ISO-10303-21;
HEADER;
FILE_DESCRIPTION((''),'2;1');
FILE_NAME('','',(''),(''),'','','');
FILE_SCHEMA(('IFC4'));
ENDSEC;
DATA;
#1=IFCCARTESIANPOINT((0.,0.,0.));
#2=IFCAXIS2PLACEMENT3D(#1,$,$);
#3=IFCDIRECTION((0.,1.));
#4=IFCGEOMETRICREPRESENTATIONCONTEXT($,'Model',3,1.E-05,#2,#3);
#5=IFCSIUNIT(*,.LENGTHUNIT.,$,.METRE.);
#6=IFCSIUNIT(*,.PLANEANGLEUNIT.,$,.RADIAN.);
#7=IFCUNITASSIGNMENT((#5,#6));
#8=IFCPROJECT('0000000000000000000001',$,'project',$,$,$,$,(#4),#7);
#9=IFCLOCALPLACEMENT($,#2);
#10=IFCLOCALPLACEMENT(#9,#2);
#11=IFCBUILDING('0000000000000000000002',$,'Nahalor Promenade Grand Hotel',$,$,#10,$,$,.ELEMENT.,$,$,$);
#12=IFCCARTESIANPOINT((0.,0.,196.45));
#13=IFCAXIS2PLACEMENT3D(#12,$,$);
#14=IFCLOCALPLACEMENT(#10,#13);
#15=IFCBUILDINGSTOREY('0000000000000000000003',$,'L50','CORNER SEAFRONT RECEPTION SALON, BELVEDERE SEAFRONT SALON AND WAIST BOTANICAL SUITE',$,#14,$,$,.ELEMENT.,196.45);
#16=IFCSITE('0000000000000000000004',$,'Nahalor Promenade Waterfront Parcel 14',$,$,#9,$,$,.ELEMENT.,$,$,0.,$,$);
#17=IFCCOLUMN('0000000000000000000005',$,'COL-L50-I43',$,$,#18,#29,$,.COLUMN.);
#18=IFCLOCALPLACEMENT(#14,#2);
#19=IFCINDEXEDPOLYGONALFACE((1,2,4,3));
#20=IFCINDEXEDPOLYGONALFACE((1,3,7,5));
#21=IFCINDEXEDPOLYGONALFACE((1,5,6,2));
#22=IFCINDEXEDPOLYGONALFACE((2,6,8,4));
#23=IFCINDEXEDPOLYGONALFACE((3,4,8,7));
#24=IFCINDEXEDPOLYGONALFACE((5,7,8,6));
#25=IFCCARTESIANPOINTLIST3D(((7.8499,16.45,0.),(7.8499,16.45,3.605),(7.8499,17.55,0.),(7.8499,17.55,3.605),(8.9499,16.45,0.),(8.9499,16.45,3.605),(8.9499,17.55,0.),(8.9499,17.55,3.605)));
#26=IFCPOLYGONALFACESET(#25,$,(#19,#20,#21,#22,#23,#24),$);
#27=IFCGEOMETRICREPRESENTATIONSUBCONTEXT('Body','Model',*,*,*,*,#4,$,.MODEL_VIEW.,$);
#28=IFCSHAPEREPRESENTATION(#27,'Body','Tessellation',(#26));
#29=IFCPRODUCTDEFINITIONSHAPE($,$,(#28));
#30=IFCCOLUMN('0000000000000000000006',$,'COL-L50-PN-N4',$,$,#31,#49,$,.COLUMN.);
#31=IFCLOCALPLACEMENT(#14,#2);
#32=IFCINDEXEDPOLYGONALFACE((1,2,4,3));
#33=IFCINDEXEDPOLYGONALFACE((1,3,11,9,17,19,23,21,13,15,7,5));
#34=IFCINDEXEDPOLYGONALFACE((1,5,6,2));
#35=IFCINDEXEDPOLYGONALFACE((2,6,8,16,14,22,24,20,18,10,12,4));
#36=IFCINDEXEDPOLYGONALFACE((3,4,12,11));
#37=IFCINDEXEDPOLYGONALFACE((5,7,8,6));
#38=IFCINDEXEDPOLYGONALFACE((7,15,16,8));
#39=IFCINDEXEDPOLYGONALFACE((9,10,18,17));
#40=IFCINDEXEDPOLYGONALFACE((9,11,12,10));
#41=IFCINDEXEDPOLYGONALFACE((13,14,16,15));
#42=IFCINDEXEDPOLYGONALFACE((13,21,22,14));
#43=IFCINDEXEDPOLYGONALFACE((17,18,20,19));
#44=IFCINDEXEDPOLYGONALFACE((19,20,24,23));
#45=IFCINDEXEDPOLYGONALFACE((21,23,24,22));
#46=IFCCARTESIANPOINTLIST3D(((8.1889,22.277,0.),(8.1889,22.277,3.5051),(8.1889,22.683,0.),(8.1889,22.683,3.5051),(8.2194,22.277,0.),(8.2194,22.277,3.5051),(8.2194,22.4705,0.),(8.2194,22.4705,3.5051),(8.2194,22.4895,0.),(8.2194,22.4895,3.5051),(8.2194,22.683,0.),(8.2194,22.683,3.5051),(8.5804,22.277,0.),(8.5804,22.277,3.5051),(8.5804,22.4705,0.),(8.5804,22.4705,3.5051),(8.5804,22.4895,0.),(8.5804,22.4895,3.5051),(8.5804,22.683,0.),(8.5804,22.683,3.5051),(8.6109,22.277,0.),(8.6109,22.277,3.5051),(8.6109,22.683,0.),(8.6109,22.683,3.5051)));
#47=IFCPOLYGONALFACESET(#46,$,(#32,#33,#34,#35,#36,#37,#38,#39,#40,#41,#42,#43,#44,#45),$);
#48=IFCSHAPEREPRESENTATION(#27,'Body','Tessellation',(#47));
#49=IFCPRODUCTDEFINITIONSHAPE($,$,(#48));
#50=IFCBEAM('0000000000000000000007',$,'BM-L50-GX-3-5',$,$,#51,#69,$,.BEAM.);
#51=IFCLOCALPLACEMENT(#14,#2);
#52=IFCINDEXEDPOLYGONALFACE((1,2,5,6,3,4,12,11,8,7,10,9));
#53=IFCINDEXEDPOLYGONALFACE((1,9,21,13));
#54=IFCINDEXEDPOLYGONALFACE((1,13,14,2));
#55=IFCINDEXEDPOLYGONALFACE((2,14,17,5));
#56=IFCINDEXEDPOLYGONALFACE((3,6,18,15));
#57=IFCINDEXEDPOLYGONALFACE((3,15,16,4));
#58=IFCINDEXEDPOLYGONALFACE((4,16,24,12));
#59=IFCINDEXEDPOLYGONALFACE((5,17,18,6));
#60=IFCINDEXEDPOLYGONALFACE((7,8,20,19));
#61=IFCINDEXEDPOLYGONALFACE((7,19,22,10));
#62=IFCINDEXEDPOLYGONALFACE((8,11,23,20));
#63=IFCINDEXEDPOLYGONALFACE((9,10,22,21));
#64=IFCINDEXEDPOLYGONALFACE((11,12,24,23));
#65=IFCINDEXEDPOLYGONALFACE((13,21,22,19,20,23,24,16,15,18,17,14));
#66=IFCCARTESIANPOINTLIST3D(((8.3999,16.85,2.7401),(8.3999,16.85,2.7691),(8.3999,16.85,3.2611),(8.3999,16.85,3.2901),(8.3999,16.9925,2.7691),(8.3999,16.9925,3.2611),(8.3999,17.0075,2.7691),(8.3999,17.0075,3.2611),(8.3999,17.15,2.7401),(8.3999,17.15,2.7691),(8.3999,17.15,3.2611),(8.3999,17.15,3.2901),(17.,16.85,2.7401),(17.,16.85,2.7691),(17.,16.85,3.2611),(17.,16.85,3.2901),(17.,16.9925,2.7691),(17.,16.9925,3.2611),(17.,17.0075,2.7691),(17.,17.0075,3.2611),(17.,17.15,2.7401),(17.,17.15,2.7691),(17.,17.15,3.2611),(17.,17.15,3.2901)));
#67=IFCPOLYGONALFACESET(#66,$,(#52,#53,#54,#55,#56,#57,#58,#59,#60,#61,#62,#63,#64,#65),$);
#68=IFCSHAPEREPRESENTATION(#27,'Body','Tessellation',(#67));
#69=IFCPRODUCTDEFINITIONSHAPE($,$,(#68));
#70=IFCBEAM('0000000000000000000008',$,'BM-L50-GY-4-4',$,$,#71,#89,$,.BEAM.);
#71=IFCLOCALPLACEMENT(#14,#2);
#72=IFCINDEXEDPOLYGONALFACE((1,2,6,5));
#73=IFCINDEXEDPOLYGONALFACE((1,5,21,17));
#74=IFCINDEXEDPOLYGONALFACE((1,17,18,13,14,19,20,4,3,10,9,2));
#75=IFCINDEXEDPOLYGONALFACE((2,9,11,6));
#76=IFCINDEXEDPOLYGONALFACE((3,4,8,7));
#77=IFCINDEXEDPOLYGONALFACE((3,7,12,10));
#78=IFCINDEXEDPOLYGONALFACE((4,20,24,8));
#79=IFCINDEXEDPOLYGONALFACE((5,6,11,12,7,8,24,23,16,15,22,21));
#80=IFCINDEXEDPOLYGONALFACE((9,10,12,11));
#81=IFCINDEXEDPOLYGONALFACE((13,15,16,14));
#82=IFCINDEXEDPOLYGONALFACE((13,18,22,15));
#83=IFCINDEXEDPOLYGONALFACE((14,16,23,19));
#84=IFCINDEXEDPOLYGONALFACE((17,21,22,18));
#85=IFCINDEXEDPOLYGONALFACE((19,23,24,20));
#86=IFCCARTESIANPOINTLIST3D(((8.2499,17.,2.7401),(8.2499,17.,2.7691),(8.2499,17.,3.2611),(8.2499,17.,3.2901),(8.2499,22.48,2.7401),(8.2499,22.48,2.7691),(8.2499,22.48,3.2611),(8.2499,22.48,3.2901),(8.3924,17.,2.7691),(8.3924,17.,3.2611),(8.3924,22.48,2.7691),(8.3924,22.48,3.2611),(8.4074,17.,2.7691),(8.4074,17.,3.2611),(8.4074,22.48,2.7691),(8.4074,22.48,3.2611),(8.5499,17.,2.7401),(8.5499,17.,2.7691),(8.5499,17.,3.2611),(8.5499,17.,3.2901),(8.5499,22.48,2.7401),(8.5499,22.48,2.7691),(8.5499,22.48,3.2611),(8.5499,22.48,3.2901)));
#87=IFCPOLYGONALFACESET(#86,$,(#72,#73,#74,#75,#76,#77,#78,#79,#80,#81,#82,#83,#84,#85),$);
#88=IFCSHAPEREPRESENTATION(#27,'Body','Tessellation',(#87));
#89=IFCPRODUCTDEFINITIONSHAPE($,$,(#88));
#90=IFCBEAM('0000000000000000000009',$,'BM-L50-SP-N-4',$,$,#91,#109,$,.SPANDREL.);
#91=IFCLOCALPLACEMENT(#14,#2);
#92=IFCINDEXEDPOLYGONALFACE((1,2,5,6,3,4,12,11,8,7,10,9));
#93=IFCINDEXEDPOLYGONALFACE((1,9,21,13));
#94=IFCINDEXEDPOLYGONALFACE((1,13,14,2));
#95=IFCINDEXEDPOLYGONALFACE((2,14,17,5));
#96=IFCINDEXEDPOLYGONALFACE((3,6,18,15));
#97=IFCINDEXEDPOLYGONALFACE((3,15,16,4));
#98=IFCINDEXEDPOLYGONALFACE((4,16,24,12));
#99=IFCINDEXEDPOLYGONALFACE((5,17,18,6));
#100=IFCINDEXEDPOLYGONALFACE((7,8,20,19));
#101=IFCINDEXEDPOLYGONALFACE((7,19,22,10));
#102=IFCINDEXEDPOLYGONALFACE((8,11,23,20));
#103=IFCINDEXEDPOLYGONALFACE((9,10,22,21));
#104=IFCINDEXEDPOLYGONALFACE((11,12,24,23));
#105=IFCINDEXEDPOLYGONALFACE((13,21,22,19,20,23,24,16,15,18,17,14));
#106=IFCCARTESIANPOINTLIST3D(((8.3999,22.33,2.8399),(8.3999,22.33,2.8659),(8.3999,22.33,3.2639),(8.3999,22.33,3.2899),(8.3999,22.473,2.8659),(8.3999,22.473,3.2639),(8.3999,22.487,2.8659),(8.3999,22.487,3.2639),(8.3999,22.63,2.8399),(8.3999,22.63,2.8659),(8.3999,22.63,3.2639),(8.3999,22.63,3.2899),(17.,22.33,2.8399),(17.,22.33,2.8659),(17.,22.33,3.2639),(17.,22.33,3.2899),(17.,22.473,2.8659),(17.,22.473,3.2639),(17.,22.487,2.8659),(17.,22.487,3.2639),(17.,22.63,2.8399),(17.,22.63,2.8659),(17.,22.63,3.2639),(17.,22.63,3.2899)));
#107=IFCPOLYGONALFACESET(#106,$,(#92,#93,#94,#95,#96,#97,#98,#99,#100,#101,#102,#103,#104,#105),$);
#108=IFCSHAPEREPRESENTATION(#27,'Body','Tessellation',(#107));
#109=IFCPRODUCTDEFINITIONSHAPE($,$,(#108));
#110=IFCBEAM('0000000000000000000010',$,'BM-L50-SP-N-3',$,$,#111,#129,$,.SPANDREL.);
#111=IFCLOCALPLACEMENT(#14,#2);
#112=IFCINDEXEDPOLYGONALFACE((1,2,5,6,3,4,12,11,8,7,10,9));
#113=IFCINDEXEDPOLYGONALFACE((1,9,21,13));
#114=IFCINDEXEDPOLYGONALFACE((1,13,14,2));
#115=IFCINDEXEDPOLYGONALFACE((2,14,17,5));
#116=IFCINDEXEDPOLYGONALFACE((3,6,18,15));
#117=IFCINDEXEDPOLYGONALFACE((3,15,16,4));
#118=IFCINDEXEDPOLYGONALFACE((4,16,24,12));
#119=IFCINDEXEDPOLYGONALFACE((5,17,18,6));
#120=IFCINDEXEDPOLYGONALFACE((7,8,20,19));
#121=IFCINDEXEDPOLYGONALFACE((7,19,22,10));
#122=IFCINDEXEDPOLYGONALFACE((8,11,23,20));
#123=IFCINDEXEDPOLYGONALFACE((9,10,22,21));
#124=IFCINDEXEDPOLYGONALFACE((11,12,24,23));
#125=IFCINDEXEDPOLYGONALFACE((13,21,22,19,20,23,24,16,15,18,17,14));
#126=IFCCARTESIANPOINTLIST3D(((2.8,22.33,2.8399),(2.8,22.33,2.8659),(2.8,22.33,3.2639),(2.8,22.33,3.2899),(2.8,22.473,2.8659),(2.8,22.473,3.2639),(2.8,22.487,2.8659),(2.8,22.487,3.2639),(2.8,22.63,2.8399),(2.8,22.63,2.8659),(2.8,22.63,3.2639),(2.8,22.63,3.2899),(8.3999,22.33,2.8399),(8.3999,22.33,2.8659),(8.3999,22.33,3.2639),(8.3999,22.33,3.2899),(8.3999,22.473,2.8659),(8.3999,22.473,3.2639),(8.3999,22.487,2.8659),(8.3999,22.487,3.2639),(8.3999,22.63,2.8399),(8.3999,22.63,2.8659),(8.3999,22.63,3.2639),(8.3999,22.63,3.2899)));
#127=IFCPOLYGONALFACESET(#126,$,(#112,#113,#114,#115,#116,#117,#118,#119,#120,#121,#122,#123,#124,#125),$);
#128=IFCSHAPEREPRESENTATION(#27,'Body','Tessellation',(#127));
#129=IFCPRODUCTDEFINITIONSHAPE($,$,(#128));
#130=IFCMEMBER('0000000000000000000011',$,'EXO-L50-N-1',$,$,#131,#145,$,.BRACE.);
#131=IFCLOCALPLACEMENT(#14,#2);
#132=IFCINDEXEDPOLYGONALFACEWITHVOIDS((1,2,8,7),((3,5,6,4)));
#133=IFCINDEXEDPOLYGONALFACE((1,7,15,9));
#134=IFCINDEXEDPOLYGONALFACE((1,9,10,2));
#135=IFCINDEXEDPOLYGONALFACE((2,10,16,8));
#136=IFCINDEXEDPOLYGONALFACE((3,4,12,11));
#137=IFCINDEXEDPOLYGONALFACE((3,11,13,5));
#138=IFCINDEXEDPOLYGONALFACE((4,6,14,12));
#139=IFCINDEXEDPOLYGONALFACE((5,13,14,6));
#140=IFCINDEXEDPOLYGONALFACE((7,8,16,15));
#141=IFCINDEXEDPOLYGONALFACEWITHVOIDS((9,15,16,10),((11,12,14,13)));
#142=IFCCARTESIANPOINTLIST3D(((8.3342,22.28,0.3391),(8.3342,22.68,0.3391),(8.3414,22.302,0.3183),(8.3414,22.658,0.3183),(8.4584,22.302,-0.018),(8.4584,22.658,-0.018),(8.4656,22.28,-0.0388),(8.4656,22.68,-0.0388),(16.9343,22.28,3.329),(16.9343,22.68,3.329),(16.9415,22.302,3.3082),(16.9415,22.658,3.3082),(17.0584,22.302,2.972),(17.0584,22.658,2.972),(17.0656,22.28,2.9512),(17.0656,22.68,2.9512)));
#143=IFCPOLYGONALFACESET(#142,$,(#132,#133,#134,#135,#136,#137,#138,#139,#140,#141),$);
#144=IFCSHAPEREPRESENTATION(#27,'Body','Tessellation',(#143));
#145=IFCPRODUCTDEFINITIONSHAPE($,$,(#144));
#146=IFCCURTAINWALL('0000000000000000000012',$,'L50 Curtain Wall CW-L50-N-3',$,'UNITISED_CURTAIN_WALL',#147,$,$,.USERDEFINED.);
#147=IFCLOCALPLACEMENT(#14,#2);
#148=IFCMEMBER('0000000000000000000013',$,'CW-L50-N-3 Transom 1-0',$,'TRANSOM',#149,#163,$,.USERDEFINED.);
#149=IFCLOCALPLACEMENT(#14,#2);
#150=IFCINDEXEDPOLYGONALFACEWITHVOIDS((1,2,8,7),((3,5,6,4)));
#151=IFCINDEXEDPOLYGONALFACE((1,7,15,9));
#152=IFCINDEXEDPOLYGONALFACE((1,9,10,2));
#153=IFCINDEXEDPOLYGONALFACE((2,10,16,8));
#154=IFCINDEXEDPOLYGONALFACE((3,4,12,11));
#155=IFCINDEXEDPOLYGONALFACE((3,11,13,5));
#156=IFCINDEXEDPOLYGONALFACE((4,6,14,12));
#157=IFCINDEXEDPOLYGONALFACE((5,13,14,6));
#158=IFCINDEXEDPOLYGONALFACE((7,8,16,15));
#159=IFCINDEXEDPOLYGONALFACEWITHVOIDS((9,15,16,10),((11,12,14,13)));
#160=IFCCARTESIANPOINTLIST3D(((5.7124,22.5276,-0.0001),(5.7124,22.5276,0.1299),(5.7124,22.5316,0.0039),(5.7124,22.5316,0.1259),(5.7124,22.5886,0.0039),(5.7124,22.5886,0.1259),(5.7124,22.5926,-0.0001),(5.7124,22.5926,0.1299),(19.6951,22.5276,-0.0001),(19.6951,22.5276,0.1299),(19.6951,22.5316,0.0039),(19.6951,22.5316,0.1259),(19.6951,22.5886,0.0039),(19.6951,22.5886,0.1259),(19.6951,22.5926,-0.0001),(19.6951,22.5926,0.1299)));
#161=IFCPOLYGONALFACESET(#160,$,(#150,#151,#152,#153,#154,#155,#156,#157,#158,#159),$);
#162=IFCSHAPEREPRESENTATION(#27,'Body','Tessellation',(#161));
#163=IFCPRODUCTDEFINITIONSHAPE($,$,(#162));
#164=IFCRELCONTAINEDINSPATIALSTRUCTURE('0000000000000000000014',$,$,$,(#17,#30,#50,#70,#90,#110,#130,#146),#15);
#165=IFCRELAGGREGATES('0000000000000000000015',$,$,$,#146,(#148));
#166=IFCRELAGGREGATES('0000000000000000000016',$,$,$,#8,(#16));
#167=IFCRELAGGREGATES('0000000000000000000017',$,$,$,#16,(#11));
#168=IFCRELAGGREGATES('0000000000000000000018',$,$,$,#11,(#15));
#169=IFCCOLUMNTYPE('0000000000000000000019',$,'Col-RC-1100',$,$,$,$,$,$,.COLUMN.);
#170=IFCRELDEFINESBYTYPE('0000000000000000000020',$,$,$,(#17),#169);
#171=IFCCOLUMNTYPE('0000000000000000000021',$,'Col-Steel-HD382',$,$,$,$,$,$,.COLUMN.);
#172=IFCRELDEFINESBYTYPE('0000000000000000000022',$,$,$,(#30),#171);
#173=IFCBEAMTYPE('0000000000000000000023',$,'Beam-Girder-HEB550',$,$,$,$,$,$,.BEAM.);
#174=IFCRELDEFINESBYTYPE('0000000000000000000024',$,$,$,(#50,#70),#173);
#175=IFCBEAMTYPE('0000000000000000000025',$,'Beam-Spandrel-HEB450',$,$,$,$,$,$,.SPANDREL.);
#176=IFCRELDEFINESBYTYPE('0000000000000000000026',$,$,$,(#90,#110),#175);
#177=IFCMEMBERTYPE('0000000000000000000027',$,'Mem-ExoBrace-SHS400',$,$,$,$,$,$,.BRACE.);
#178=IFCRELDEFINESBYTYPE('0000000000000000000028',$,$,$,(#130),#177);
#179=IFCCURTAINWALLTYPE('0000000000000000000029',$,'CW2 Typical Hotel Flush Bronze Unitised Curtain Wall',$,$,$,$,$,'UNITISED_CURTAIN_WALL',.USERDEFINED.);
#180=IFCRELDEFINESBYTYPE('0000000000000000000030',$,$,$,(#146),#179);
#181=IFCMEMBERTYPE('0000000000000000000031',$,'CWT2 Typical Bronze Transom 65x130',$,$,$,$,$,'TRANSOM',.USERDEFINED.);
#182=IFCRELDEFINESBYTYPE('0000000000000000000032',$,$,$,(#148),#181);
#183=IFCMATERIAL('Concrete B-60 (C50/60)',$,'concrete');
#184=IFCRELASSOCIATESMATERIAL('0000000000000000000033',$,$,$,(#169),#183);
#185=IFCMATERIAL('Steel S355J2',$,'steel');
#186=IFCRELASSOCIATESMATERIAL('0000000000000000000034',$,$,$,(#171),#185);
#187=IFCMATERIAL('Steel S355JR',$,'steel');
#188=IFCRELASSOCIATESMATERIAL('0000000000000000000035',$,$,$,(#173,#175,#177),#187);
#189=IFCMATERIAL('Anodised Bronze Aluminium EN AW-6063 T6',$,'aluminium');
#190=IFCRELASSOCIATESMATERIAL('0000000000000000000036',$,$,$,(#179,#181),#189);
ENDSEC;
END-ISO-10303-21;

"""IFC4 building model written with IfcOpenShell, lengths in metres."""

from ifc_helpers import new_model, si_unit, direction, frame, origin, origin_2d, place, context, subcontext, project, spatial, rectangle, hollow_rectangle, i_section, extrude, source, transform, mapped, material, material_profile, profile_set, type_object, element, aggregate, save


model = new_model("IFC4")

# Units and contexts
model_context = context("Model", 3, precision=1e-05, world=origin(), true_north=direction((0.0, 1.0)))
body_context = subcontext(model_context, "Body", "Model", "MODEL_VIEW")
ifc_project = project(units=[si_unit("LENGTHUNIT", "METRE"), si_unit("PLANEANGLEUNIT", "RADIAN")], contexts=[model_context])

# Site, building, storey
site_placement = place(None, origin())
site = spatial("IfcSite", under=ifc_project, at=site_placement, Name="Nahalor Promenade Waterfront Parcel 14", CompositionType="ELEMENT", RefElevation=0.0)
building_placement = place(site_placement, origin())
building = spatial("IfcBuilding", under=site, at=building_placement, Name="Nahalor Promenade Grand Hotel", CompositionType="ELEMENT")
storey_placement = place(building_placement, frame((0.0, 0.0, 196.45)))
storey = spatial("IfcBuildingStorey", under=building, at=storey_placement, Name="L50", Description="CORNER SEAFRONT RECEPTION SALON, BELVEDERE SEAFRONT SALON AND WAIST BOTANICAL SUITE", CompositionType="ELEMENT", Elevation=196.45)

# Columns
ifc_material_1 = material(Name="Concrete B-60 (C50/60)", Category="concrete")
ifc_material_profile_1 = material_profile(ifc_material_1, rectangle(XDim=1.1, YDim=1.1, at=origin_2d()), Name="RC 1100x1100")
ifc_profile_set_1 = profile_set([ifc_material_profile_1], Name="Concrete B-60 (C50/60)")
column_type_1 = type_object("IfcColumnType", Name="Col-RC-1100", PredefinedType="COLUMN", material=ifc_profile_set_1)
shared_shape_1 = source(origin(), body_context, "Body", "SweptSolid", [
    extrude(rectangle(XDim=1.1, YDim=1.1, at=origin_2d()), origin(), (0.0, 0.0, 1.0), 3.605),
])
column_1_placement = place(storey_placement, frame((8.3999, 17.0, 0.0), z_axis=(0.0, 0.0, 1.0), x_axis=(1.0, 0.0, 0.0)))
element("IfcColumn", 1, at=column_1_placement, inside=storey, type_object=column_type_1, Name="COL-L50-I43", PredefinedType="COLUMN", context=body_context, shape_type="MappedRepresentation", body=[
    mapped(shared_shape_1, transform((0.0, 0.0, 0.0), scale=1.0)),
])
ifc_material_2 = material(Name="Steel S355J2", Category="steel")
ifc_material_profile_2 = material_profile(ifc_material_2, i_section(OverallWidth=0.406, OverallDepth=0.422, WebThickness=0.019, FlangeThickness=0.0305, at=origin_2d()), Name="HD 400x382")
ifc_profile_set_2 = profile_set([ifc_material_profile_2], Name="Steel S355J2")
column_type_2 = type_object("IfcColumnType", Name="Col-Steel-HD382", PredefinedType="COLUMN", material=ifc_profile_set_2)
shared_shape_2 = source(origin(), body_context, "Body", "SweptSolid", [
    extrude(i_section(OverallWidth=0.406, OverallDepth=0.422, WebThickness=0.019, FlangeThickness=0.0305, at=origin_2d()), origin(), (0.0, 0.0, 1.0), 3.5051),
])
column_2_placement = place(storey_placement, frame((8.3999, 22.48, 0.0), z_axis=(0.0, 0.0, 1.0), x_axis=(0.0, 1.0, 0.0)))
element("IfcColumn", 2, at=column_2_placement, inside=storey, type_object=column_type_2, Name="COL-L50-PN-N4", PredefinedType="COLUMN", context=body_context, shape_type="MappedRepresentation", body=[
    mapped(shared_shape_2, transform((0.0, 0.0, 0.0), scale=1.0)),
])

# Beams
ifc_material_3 = material(Name="Steel S355JR", Category="steel")
ifc_material_profile_3 = material_profile(ifc_material_3, i_section(OverallWidth=0.3, OverallDepth=0.55, WebThickness=0.015, FlangeThickness=0.029, at=origin_2d()), Name="HEB 550")
ifc_profile_set_3 = profile_set([ifc_material_profile_3], Name="Steel S355JR")
beam_type_1 = type_object("IfcBeamType", Name="Beam-Girder-HEB550", PredefinedType="BEAM", material=ifc_profile_set_3)
shared_shape_3 = source(origin(), body_context, "Body", "SweptSolid", [
    extrude(i_section(OverallWidth=0.3, OverallDepth=0.55, WebThickness=0.015, FlangeThickness=0.029, at=origin_2d()), origin(), (0.0, 0.0, 1.0), 8.6001),
])
beam_1_placement = place(storey_placement, frame((8.3999, 17.0, 3.0151), z_axis=(1.0, 0.0, 0.0), x_axis=(0.0, 1.0, 0.0)))
element("IfcBeam", 3, at=beam_1_placement, inside=storey, type_object=beam_type_1, Name="BM-L50-GX-3-5", PredefinedType="BEAM", context=body_context, shape_type="MappedRepresentation", body=[
    mapped(shared_shape_3, transform((0.0, 0.0, 0.0), scale=1.0)),
])
shared_shape_4 = source(origin(), body_context, "Body", "SweptSolid", [
    extrude(i_section(OverallWidth=0.3, OverallDepth=0.55, WebThickness=0.015, FlangeThickness=0.029, at=origin_2d()), origin(), (0.0, 0.0, 1.0), 5.48),
])
beam_2_placement = place(storey_placement, frame((8.3999, 17.0, 3.0151), z_axis=(0.0, 1.0, 0.0), x_axis=(-1.0, 0.0, 0.0)))
element("IfcBeam", 4, at=beam_2_placement, inside=storey, type_object=beam_type_1, Name="BM-L50-GY-4-4", PredefinedType="BEAM", context=body_context, shape_type="MappedRepresentation", body=[
    mapped(shared_shape_4, transform((0.0, 0.0, 0.0), scale=1.0)),
])
ifc_material_profile_4 = material_profile(ifc_material_3, i_section(OverallWidth=0.3, OverallDepth=0.45, WebThickness=0.014, FlangeThickness=0.026, at=origin_2d()), Name="HEB 450")
ifc_profile_set_4 = profile_set([ifc_material_profile_4], Name="Steel S355JR")
beam_type_2 = type_object("IfcBeamType", Name="Beam-Spandrel-HEB450", PredefinedType="SPANDREL", material=ifc_profile_set_4)
shared_shape_5 = source(origin(), body_context, "Body", "SweptSolid", [
    extrude(i_section(OverallWidth=0.3, OverallDepth=0.45, WebThickness=0.014, FlangeThickness=0.026, at=origin_2d()), origin(), (0.0, 0.0, 1.0), 8.6001),
])
beam_3_placement = place(storey_placement, frame((8.3999, 22.48, 3.0649), z_axis=(1.0, 0.0, 0.0), x_axis=(0.0, 1.0, 0.0)))
element("IfcBeam", 5, at=beam_3_placement, inside=storey, type_object=beam_type_2, Name="BM-L50-SP-N-4", PredefinedType="SPANDREL", context=body_context, shape_type="MappedRepresentation", body=[
    mapped(shared_shape_5, transform((0.0, 0.0, 0.0), scale=1.0)),
])
shared_shape_6 = source(origin(), body_context, "Body", "SweptSolid", [
    extrude(i_section(OverallWidth=0.3, OverallDepth=0.45, WebThickness=0.014, FlangeThickness=0.026, at=origin_2d()), origin(), (0.0, 0.0, 1.0), 5.5999),
])
beam_4_placement = place(storey_placement, frame((2.8, 22.48, 3.0649), z_axis=(1.0, 0.0, 0.0), x_axis=(0.0, 1.0, 0.0)))
element("IfcBeam", 6, at=beam_4_placement, inside=storey, type_object=beam_type_2, Name="BM-L50-SP-N-3", PredefinedType="SPANDREL", context=body_context, shape_type="MappedRepresentation", body=[
    mapped(shared_shape_6, transform((0.0, 0.0, 0.0), scale=1.0)),
])

# Member
ifc_material_profile_5 = material_profile(ifc_material_3, hollow_rectangle(XDim=0.4, YDim=0.4, WallThickness=0.022, at=origin_2d()), Name="SHS 400x400x22")
ifc_profile_set_5 = profile_set([ifc_material_profile_5], Name="Steel S355JR")
member_type_1 = type_object("IfcMemberType", Name="Mem-ExoBrace-SHS400", PredefinedType="BRACE", material=ifc_profile_set_5)
shared_shape_7 = source(origin(), body_context, "Body", "SweptSolid", [
    extrude(hollow_rectangle(XDim=0.4, YDim=0.4, WallThickness=0.022, at=origin_2d()), origin(), (0.0, 0.0, 1.0), 9.105),
])
member_1_placement = place(storey_placement, frame((8.3999, 22.48, 0.1501), z_axis=(0.944543, 0.0, 0.328389), x_axis=(0.0, 1.0, 0.0)))
element("IfcMember", 7, at=member_1_placement, inside=storey, type_object=member_type_1, Name="EXO-L50-N-1", PredefinedType="BRACE", context=body_context, shape_type="MappedRepresentation", body=[
    mapped(shared_shape_7, transform((0.0, 0.0, 0.0), scale=1.0)),
])

# Curtain wall, member
ifc_material_4 = material(Name="Anodised Bronze Aluminium EN AW-6063 T6", Category="aluminium")
curtain_wall_type = type_object("IfcCurtainWallType", Name="CW2 Typical Hotel Flush Bronze Unitised Curtain Wall", ElementType="UNITISED_CURTAIN_WALL", PredefinedType="USERDEFINED", material=ifc_material_4)
curtain_wall_placement = place(storey_placement, origin())
curtain_wall = element("IfcCurtainWall", 8, at=curtain_wall_placement, inside=storey, type_object=curtain_wall_type, Name="L50 Curtain Wall CW-L50-N-3", ObjectType="UNITISED_CURTAIN_WALL", PredefinedType="USERDEFINED")
ifc_material_profile_6 = material_profile(ifc_material_4, hollow_rectangle(XDim=0.065, YDim=0.13, WallThickness=0.004, at=origin_2d()), Name="CWT 65x130x4")
ifc_profile_set_6 = profile_set([ifc_material_profile_6], Name="Anodised Bronze Aluminium EN AW-6063 T6")
member_type_2 = type_object("IfcMemberType", Name="CWT2 Typical Bronze Transom 65x130", ElementType="TRANSOM", PredefinedType="USERDEFINED", material=ifc_profile_set_6)
shared_shape_8 = source(origin(), body_context, "Body", "SweptSolid", [
    extrude(hollow_rectangle(XDim=0.065, YDim=0.13, WallThickness=0.004, at=origin_2d()), origin(), (0.0, 0.0, 1.0), 13.9827),
])
member_2_placement = place(storey_placement, frame((5.7124, 22.5601, 0.0649), z_axis=(1.0, 0.0, 0.0), x_axis=(0.0, 1.0, 0.0)))
member_2 = element("IfcMember", 9, at=member_2_placement, type_object=member_type_2, Name="CW-L50-N-3 Transom 1-0", ObjectType="TRANSOM", PredefinedType="USERDEFINED", context=body_context, shape_type="MappedRepresentation", body=[
    mapped(shared_shape_8, transform((0.0, 0.0, 0.0), scale=1.0)),
])
aggregate(curtain_wall, [member_2])

save(model, "model.ifc")
